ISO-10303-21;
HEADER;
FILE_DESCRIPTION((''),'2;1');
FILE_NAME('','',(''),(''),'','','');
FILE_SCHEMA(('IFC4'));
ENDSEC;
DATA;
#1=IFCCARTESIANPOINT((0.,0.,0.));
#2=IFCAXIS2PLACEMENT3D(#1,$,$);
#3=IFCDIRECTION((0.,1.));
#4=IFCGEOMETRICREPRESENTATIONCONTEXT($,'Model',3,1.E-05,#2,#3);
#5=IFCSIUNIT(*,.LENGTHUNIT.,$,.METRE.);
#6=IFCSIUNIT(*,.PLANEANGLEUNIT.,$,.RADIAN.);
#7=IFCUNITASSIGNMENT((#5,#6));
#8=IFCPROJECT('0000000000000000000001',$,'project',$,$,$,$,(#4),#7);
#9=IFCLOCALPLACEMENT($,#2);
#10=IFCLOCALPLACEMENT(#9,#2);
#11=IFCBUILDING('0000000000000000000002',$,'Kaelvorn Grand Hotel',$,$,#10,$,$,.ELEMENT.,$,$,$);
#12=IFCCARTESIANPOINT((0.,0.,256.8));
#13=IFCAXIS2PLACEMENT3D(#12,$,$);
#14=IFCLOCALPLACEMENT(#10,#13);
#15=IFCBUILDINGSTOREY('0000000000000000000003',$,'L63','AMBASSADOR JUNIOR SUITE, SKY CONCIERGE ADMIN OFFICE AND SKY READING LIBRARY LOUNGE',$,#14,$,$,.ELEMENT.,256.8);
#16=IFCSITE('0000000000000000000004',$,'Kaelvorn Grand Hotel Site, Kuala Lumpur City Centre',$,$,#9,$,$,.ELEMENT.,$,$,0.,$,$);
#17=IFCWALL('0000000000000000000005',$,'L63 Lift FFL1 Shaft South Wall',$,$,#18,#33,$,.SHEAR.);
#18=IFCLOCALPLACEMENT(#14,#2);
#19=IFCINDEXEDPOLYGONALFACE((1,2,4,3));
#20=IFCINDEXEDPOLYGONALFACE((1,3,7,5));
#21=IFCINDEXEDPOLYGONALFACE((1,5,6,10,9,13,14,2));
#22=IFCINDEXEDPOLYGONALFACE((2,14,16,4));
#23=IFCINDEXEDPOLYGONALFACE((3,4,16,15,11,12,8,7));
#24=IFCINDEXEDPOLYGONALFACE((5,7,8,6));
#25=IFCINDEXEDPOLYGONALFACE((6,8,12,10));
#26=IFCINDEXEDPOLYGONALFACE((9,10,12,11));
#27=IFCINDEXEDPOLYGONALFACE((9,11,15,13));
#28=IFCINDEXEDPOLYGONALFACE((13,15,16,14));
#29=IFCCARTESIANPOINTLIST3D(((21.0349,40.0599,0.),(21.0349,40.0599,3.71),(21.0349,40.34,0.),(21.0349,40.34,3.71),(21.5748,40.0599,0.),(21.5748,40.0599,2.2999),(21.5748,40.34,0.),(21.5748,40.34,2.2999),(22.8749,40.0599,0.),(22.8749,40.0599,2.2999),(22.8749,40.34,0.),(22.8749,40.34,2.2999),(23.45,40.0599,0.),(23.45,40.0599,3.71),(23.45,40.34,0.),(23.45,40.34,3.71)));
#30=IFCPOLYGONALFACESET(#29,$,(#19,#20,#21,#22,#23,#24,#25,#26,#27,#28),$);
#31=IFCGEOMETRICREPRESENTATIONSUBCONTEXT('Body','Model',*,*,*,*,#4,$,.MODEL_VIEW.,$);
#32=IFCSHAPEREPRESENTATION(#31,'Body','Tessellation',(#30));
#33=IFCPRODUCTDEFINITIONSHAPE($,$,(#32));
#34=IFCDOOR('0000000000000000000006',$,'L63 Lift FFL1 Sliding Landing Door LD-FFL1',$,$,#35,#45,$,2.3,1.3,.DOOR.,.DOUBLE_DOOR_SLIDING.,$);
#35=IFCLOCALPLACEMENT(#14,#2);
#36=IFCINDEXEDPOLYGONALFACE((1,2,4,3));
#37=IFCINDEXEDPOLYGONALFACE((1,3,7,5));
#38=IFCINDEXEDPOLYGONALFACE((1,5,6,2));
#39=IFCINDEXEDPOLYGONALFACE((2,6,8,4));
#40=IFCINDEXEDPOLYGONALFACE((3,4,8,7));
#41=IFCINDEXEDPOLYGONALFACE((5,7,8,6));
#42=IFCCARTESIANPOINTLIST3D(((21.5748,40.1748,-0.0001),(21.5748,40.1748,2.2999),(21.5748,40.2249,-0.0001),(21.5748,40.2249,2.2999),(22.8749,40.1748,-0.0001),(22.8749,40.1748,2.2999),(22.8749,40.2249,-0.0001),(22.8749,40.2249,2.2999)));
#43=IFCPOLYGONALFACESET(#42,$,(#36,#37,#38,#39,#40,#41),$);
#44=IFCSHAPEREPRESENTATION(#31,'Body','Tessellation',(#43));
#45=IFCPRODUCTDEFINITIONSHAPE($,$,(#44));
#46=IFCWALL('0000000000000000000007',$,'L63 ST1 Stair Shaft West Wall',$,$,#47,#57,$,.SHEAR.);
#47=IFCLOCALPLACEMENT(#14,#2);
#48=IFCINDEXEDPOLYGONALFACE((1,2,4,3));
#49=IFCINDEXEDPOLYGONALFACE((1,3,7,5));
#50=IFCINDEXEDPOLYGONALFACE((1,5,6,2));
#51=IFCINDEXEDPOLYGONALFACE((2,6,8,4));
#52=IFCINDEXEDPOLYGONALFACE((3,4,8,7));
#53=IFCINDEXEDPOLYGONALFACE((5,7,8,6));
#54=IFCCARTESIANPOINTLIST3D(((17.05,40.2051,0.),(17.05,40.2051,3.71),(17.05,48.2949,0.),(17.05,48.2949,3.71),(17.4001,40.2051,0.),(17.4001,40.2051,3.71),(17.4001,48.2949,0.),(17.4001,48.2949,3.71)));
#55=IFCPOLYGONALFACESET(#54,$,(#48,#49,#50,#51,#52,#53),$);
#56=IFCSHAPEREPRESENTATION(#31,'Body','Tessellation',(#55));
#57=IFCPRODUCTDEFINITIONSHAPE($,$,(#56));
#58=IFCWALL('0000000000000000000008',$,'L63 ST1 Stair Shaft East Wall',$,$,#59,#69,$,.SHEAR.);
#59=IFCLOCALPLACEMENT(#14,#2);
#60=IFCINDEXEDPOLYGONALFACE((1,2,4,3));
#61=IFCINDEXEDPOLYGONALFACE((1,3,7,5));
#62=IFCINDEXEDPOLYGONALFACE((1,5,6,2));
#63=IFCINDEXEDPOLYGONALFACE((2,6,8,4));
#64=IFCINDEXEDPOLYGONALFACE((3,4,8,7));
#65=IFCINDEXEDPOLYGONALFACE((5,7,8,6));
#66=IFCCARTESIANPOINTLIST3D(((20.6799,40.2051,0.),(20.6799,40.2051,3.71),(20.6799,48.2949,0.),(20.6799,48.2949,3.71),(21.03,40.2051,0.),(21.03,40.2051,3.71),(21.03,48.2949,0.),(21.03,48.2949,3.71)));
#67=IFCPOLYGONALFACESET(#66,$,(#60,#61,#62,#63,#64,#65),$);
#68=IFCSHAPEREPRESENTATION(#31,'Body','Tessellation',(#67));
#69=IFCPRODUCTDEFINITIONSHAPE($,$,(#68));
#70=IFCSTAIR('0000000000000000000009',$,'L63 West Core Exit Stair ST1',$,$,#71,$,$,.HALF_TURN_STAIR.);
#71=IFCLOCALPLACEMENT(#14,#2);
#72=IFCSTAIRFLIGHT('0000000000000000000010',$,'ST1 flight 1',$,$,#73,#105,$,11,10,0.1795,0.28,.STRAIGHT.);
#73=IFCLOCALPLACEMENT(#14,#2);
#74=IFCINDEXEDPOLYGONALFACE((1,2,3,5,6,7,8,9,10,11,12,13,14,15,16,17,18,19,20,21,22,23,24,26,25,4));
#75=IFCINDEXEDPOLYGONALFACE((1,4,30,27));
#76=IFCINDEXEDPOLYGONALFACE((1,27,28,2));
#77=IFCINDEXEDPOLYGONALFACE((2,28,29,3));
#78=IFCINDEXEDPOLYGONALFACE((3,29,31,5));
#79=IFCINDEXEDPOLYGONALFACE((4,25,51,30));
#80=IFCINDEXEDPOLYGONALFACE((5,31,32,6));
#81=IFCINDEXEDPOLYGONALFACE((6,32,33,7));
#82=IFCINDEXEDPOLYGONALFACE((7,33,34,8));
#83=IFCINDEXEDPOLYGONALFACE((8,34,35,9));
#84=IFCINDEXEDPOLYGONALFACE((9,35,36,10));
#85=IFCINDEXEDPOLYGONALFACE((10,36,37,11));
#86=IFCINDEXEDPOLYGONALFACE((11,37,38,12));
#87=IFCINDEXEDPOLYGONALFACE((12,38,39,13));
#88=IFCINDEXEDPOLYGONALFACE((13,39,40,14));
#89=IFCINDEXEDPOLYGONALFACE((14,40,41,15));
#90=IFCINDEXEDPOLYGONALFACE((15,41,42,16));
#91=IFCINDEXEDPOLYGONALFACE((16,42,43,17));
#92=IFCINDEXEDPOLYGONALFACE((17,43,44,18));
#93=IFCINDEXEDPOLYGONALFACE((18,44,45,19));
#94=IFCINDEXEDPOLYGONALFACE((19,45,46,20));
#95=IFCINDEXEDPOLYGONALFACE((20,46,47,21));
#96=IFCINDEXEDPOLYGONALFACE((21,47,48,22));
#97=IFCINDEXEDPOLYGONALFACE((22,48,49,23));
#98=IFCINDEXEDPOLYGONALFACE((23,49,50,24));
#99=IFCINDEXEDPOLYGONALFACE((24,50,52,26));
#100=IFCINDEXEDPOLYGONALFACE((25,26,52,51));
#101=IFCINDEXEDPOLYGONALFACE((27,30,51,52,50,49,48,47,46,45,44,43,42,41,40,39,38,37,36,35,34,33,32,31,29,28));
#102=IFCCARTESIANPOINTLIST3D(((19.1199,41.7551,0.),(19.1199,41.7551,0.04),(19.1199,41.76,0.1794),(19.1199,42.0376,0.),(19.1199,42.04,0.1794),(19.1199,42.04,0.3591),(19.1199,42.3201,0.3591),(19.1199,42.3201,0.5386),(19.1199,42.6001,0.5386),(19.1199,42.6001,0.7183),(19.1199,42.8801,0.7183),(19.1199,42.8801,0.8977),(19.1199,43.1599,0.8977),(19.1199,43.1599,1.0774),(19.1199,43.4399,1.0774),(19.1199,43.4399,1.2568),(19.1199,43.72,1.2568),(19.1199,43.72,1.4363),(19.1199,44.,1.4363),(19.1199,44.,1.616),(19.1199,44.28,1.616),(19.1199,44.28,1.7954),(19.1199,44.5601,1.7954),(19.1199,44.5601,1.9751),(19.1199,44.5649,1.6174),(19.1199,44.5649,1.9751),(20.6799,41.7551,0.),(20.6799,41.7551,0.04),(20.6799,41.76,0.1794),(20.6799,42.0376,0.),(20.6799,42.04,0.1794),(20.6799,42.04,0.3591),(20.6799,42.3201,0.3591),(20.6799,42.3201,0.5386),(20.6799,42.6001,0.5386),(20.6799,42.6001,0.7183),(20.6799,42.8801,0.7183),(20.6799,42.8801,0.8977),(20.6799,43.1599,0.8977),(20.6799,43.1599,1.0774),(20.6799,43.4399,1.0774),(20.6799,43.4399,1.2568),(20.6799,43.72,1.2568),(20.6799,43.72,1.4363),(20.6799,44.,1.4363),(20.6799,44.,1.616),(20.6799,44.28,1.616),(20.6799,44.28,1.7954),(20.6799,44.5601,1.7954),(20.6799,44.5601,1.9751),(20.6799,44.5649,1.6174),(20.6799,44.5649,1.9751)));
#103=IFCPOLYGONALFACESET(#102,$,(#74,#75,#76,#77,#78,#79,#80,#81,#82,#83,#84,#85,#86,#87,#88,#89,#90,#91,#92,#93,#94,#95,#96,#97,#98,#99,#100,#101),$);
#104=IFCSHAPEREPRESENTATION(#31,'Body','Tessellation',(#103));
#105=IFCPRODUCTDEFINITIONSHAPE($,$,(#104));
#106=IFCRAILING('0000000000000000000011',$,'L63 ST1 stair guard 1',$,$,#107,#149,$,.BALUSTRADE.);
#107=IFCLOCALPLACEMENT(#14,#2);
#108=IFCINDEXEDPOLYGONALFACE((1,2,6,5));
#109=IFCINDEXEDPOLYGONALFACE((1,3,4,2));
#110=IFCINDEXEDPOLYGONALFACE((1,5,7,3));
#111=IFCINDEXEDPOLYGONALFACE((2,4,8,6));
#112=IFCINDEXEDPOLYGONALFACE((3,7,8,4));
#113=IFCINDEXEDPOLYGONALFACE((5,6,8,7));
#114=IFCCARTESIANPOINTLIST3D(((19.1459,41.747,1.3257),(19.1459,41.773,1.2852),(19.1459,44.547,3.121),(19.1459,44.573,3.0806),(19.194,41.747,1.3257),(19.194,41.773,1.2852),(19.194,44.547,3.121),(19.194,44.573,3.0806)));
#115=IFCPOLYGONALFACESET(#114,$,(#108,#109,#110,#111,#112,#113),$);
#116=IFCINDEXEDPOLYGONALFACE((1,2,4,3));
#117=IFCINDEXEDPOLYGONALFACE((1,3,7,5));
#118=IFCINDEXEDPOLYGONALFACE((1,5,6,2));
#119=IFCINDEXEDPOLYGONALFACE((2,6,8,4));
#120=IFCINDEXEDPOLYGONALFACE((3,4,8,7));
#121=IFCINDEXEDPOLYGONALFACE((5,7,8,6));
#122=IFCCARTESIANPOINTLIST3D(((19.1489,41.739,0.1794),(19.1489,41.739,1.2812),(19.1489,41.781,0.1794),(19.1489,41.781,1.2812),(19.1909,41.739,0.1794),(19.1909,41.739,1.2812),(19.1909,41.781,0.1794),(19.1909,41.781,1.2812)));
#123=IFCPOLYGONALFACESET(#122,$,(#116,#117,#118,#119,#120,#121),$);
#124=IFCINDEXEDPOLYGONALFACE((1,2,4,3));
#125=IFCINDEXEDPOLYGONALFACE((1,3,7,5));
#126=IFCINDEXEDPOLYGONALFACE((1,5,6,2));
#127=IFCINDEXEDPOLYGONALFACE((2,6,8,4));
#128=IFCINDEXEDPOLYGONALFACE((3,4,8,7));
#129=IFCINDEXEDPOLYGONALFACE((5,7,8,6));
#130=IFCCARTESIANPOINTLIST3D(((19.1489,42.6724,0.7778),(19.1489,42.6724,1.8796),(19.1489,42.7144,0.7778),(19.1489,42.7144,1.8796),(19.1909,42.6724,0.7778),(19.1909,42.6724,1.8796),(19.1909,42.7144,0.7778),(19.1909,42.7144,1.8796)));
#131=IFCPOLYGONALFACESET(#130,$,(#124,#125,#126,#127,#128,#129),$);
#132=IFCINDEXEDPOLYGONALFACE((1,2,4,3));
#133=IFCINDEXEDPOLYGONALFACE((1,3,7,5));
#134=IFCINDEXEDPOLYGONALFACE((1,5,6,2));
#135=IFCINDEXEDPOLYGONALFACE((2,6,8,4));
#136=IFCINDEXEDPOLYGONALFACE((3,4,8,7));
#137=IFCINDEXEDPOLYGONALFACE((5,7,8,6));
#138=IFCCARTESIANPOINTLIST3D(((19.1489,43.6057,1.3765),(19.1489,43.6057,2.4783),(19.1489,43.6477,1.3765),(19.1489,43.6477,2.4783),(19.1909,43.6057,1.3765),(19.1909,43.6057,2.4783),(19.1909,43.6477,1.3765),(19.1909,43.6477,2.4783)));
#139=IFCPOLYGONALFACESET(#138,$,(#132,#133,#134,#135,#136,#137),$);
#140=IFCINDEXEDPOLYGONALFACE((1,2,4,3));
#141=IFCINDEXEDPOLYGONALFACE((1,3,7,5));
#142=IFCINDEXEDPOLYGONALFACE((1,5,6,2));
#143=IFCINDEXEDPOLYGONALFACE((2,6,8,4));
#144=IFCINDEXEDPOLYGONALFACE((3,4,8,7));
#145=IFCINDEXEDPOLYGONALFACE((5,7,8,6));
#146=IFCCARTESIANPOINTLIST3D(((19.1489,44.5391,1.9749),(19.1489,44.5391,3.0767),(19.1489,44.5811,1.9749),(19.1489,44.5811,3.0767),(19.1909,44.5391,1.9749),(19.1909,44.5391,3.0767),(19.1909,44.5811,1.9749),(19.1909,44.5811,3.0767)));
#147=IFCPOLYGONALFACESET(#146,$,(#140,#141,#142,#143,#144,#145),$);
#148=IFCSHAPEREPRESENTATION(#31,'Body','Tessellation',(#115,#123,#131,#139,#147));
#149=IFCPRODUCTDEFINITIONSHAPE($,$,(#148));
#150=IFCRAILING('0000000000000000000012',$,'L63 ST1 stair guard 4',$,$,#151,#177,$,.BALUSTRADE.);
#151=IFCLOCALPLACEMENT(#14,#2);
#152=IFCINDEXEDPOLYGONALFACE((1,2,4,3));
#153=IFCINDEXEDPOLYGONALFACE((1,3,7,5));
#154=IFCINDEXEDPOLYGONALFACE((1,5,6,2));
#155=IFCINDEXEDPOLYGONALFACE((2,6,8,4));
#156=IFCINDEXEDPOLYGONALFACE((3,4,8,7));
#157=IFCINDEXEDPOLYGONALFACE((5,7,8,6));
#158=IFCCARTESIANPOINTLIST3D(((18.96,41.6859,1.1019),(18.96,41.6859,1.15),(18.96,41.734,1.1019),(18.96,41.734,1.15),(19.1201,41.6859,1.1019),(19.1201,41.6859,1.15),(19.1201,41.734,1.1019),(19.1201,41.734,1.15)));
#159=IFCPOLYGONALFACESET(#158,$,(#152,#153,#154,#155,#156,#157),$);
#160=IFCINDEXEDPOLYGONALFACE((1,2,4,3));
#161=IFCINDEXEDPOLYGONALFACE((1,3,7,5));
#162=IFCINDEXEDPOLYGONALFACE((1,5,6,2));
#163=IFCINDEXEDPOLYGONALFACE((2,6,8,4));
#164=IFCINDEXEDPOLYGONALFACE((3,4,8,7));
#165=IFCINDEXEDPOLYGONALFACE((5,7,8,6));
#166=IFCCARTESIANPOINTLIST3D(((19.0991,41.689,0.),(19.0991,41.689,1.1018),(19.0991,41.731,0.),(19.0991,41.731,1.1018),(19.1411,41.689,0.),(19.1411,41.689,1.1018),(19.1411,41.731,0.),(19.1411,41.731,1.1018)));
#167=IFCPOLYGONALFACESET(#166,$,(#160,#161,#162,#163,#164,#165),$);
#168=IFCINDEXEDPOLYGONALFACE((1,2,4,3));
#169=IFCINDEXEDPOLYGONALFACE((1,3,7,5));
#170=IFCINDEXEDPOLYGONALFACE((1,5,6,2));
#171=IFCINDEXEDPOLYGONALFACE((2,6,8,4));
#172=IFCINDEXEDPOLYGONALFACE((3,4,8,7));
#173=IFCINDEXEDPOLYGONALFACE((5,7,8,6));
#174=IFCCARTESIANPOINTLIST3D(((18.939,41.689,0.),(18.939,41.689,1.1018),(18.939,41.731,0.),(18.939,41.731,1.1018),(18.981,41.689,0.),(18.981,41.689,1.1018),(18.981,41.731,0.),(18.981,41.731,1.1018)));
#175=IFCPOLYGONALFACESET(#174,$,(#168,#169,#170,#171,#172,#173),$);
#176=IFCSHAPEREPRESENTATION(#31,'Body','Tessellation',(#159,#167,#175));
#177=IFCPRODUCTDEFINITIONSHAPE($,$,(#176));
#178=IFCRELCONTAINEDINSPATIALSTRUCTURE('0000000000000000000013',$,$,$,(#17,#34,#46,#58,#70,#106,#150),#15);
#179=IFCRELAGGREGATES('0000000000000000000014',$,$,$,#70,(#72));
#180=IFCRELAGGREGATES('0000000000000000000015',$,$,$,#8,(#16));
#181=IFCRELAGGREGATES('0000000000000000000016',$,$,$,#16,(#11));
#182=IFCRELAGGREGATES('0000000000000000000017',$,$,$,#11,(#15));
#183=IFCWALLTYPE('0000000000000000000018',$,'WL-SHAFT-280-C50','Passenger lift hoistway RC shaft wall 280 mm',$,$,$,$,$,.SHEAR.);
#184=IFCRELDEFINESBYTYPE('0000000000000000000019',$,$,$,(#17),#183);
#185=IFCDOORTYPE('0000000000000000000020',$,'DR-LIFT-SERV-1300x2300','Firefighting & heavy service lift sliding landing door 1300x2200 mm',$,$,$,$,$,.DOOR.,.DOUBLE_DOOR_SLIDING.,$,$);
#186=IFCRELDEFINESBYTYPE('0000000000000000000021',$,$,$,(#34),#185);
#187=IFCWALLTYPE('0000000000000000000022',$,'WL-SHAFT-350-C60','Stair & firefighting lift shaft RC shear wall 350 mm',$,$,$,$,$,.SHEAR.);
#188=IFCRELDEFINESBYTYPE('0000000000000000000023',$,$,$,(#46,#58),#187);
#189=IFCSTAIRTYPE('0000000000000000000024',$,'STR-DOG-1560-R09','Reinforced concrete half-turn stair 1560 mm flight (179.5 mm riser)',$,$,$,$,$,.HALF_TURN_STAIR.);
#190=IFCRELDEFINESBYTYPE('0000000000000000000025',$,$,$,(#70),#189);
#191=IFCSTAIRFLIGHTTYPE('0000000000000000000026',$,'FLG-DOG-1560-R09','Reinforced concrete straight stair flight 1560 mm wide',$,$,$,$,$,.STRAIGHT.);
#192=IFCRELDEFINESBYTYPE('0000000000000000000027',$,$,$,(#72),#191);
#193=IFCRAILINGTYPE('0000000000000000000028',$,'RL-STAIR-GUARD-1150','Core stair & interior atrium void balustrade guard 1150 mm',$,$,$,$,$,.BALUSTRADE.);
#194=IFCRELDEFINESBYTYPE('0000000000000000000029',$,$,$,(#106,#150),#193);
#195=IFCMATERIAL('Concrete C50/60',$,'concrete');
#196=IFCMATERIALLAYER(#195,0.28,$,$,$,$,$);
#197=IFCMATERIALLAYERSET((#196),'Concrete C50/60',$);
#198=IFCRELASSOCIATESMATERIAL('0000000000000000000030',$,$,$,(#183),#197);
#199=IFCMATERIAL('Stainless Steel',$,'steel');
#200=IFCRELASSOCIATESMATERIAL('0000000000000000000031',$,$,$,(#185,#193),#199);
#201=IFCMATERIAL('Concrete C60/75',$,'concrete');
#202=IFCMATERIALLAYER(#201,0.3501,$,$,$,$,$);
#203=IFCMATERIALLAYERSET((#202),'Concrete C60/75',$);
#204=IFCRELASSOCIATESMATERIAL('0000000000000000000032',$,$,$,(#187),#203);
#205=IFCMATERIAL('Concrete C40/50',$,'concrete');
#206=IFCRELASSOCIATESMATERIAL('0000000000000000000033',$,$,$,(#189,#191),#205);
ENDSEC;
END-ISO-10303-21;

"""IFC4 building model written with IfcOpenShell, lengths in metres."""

from ifc_helpers import new_model, si_unit, direction, frame, frame_2d, origin, origin_2d, place, context, subcontext, project, spatial, polyline, rectangle, outline, extrude, material, layer, layer_set, type_object, element, fill, aggregate, save


model = new_model("IFC4")

# Units and contexts
model_context = context("Model", 3, precision=1e-05, world=origin(), true_north=direction((0.0, 1.0)))
body_context = subcontext(model_context, "Body", "Model", "MODEL_VIEW")
ifc_project = project(units=[si_unit("LENGTHUNIT", "METRE"), si_unit("PLANEANGLEUNIT", "RADIAN")], contexts=[model_context])

# Site, building, storey
site_placement = place(None, origin())
site = spatial("IfcSite", under=ifc_project, at=site_placement, Name="Kaelvorn Grand Hotel Site, Kuala Lumpur City Centre", CompositionType="ELEMENT", RefElevation=0.0)
building_placement = place(site_placement, origin())
building = spatial("IfcBuilding", under=site, at=building_placement, Name="Kaelvorn Grand Hotel", CompositionType="ELEMENT")
storey_placement = place(building_placement, frame((0.0, 0.0, 256.8)))
storey = spatial("IfcBuildingStorey", under=building, at=storey_placement, Name="L63", Description="AMBASSADOR JUNIOR SUITE, SKY CONCIERGE ADMIN OFFICE AND SKY READING LIBRARY LOUNGE", CompositionType="ELEMENT", Elevation=256.8)

# Shared definitions
ifc_material_1 = material(Name="Concrete C50/60", Category="concrete")

# Shared definitions
ifc_material_2 = material(Name="Concrete C40/50", Category="concrete")

# Wall, opening, door
ifc_layer_1 = layer(ifc_material_1, 0.28)
ifc_layer_set_1 = layer_set([ifc_layer_1], Name="Concrete C50/60")
wall_type_1 = type_object("IfcWallType", Name="WL-SHAFT-280-C50", Description="Passenger lift hoistway RC shaft wall 280 mm", PredefinedType="SHEAR", material=ifc_layer_set_1)
wall_1_placement = place(storey_placement, frame((21.0349, 40.2, 0.0), z_axis=(0.0, 0.0, 1.0), x_axis=(1.0, 0.0, 0.0)))
wall_1 = element("IfcWall", 1, at=wall_1_placement, inside=storey, type_object=wall_type_1, Name="L63 Lift FFL1 Shaft South Wall", PredefinedType="SHEAR", context=body_context, shape_type="SweptSolid", body=[
    extrude(rectangle(XDim=2.415, YDim=0.28, at=frame_2d((1.2075, 0.0))), origin(), (0.0, 0.0, 1.0), 3.71),
])
opening_1_placement = place(wall_1_placement, frame((0.54, 0.0, 0.0)))
opening_1 = element("IfcOpeningElement", 2, at=opening_1_placement, cuts=wall_1, PredefinedType="OPENING", context=body_context, shape_type="SweptSolid", body=[
    extrude(rectangle(XDim=1.3, YDim=2.3, at=frame_2d((0.6499, 1.1499))), frame((0.0, 0.1499, 0.0), z_axis=(0.0, -1.0, 0.0), x_axis=(1.0, 0.0, 0.0)), (0.0, 0.0, 1.0), 0.3),
])
ifc_material_3 = material(Name="Stainless Steel", Category="steel")
door_type_1 = type_object("IfcDoorType", Name="DR-LIFT-SERV-1300x2300", Description="Firefighting & heavy service lift sliding landing door 1300x2200 mm", OperationType="DOUBLE_DOOR_SLIDING", PredefinedType="DOOR", material=ifc_material_3)
door_1_placement = place(opening_1_placement, origin())
door_1 = element("IfcDoor", 3, at=door_1_placement, inside=storey, type_object=door_type_1, Name="L63 Lift FFL1 Sliding Landing Door LD-FFL1", OperationType="DOUBLE_DOOR_SLIDING", OverallHeight=2.3, OverallWidth=1.3, PredefinedType="DOOR", context=body_context, shape_type="SweptSolid", body=[
    extrude(rectangle(XDim=1.3, YDim=2.3, at=frame_2d((0.6499, 1.1499))), frame((0.0, 0.0249, 0.0), z_axis=(0.0, -1.0, 0.0), x_axis=(1.0, 0.0, 0.0)), (0.0, 0.0, 1.0), 0.05),
])
fill(opening_1, door_1)
ifc_material_4 = material(Name="Concrete C60/75", Category="concrete")
ifc_layer_2 = layer(ifc_material_4, 0.3501)
ifc_layer_set_2 = layer_set([ifc_layer_2], Name="Concrete C60/75")
wall_type_2 = type_object("IfcWallType", Name="WL-SHAFT-350-C60", Description="Stair & firefighting lift shaft RC shear wall 350 mm", PredefinedType="SHEAR", material=ifc_layer_set_2)

# Walls
for number, where, z_axis, x_axis, name in (
    (4, (17.2251, 40.2051, 0.0), (0.0, 0.0, 1.0), (0.0, 1.0, 0.0), "L63 ST1 Stair Shaft West Wall"),
    (5, (20.855, 40.2051, 0.0), (0.0, 0.0, 1.0), (0.0, 1.0, 0.0), "L63 ST1 Stair Shaft East Wall"),
):
    element("IfcWall", number, at=place(storey_placement, frame(where, z_axis=z_axis, x_axis=x_axis)), inside=storey, type_object=wall_type_2, Name=name, PredefinedType="SHEAR", context=body_context, shape_type="SweptSolid", body=[
        extrude(rectangle(XDim=8.0898, YDim=0.3501, at=frame_2d((4.0449, 0.0))), origin(), (0.0, 0.0, 1.0), 3.71),
    ])

# Stair, stair flight
stair_type = type_object("IfcStairType", Name="STR-DOG-1560-R09", Description="Reinforced concrete half-turn stair 1560 mm flight (179.5 mm riser)", PredefinedType="HALF_TURN_STAIR", material=ifc_material_2)
stair_placement = place(storey_placement, origin())
stair = element("IfcStair", 6, at=stair_placement, inside=storey, type_object=stair_type, Name="L63 West Core Exit Stair ST1", PredefinedType="HALF_TURN_STAIR")
stair_flight_type = type_object("IfcStairFlightType", Name="FLG-DOG-1560-R09", Description="Reinforced concrete straight stair flight 1560 mm wide", PredefinedType="STRAIGHT", material=ifc_material_2)
stair_flight_placement = place(storey_placement, frame((19.8999, 41.76, 0.0), z_axis=(0.0, 0.0, 1.0), x_axis=(0.0, 1.0, 0.0)))
stair_flight = element("IfcStairFlight", 7, at=stair_flight_placement, type_object=stair_flight_type, Name="ST1 flight 1", NumberOfRisers=11, NumberOfTreads=10, PredefinedType="STRAIGHT", RiserHeight=0.1795, TreadLength=0.28, context=body_context, shape_type="SweptSolid", body=[
    extrude(outline(polyline([(-0.0049, 0.0), (-0.0049, 0.04), (0.0, 0.1794), (0.28, 0.1794), (0.28, 0.3591), (0.5601, 0.3591), (0.5601, 0.5386), (0.8401, 0.5386), (0.8401, 0.7183), (1.1201, 0.7183), (1.1201, 0.8977), (1.3999, 0.8977), (1.3999, 1.0774), (1.6799, 1.0774), (1.6799, 1.2568), (1.96, 1.2568), (1.96, 1.4363), (2.24, 1.4363), (2.24, 1.616), (2.52, 1.616), (2.52, 1.7954), (2.8, 1.7954), (2.8, 1.9751), (2.8049, 1.9751), (2.8049, 1.6174), (0.2776, 0.0), (-0.0049, 0.0)])), frame((0.0, 0.78, 0.0), z_axis=(0.0, -1.0, 0.0), x_axis=(1.0, 0.0, 0.0)), (0.0, 0.0, 1.0), 1.5601),
])
aggregate(stair, [stair_flight])

# Railings
railing_type = type_object("IfcRailingType", Name="RL-STAIR-GUARD-1150", Description="Core stair & interior atrium void balustrade guard 1150 mm", PredefinedType="BALUSTRADE", material=ifc_material_3)
railing_1_placement = place(storey_placement, frame((19.1699, 41.76, 0.1794)))
element("IfcRailing", 8, at=railing_1_placement, inside=storey, type_object=railing_type, Name="L63 ST1 stair guard 1", PredefinedType="BALUSTRADE", context=body_context, shape_type="SweptSolid", body=[
    extrude(rectangle(XDim=0.0481, YDim=0.0481, at=origin_2d()), frame((0.0, 0.0, 1.126), z_axis=(0.0, 0.84181, 0.539774), x_axis=(-1.0, 0.0, 0.0)), (0.0, 0.0, 1.0), 3.3262),
    extrude(rectangle(XDim=0.042, YDim=0.042, at=origin_2d()), origin(), (0.0, 0.0, 1.0), 1.1018),
    extrude(rectangle(XDim=0.042, YDim=0.042, at=origin_2d()), frame((0.0, 0.9333, 0.5984)), (0.0, 0.0, 1.0), 1.1018),
    extrude(rectangle(XDim=0.042, YDim=0.042, at=origin_2d()), frame((0.0, 1.8667, 1.197)), (0.0, 0.0, 1.0), 1.1018),
    extrude(rectangle(XDim=0.042, YDim=0.042, at=origin_2d()), frame((0.0, 2.8, 1.7954)), (0.0, 0.0, 1.0), 1.1018),
])
railing_2_placement = place(storey_placement, frame((19.1201, 41.71, 0.0)))
element("IfcRailing", 9, at=railing_2_placement, inside=storey, type_object=railing_type, Name="L63 ST1 stair guard 4", PredefinedType="BALUSTRADE", context=body_context, shape_type="SweptSolid", body=[
    extrude(rectangle(XDim=0.0481, YDim=0.0481, at=origin_2d()), frame((0.0, 0.0, 1.126), z_axis=(-1.0, 0.0, 0.0), x_axis=(0.0, -1.0, 0.0)), (0.0, 0.0, 1.0), 0.1602),
    extrude(rectangle(XDim=0.042, YDim=0.042, at=origin_2d()), origin(), (0.0, 0.0, 1.0), 1.1018),
    extrude(rectangle(XDim=0.042, YDim=0.042, at=origin_2d()), frame((-0.1602, 0.0, 0.0)), (0.0, 0.0, 1.0), 1.1018),
])

save(model, "model.ifc")
